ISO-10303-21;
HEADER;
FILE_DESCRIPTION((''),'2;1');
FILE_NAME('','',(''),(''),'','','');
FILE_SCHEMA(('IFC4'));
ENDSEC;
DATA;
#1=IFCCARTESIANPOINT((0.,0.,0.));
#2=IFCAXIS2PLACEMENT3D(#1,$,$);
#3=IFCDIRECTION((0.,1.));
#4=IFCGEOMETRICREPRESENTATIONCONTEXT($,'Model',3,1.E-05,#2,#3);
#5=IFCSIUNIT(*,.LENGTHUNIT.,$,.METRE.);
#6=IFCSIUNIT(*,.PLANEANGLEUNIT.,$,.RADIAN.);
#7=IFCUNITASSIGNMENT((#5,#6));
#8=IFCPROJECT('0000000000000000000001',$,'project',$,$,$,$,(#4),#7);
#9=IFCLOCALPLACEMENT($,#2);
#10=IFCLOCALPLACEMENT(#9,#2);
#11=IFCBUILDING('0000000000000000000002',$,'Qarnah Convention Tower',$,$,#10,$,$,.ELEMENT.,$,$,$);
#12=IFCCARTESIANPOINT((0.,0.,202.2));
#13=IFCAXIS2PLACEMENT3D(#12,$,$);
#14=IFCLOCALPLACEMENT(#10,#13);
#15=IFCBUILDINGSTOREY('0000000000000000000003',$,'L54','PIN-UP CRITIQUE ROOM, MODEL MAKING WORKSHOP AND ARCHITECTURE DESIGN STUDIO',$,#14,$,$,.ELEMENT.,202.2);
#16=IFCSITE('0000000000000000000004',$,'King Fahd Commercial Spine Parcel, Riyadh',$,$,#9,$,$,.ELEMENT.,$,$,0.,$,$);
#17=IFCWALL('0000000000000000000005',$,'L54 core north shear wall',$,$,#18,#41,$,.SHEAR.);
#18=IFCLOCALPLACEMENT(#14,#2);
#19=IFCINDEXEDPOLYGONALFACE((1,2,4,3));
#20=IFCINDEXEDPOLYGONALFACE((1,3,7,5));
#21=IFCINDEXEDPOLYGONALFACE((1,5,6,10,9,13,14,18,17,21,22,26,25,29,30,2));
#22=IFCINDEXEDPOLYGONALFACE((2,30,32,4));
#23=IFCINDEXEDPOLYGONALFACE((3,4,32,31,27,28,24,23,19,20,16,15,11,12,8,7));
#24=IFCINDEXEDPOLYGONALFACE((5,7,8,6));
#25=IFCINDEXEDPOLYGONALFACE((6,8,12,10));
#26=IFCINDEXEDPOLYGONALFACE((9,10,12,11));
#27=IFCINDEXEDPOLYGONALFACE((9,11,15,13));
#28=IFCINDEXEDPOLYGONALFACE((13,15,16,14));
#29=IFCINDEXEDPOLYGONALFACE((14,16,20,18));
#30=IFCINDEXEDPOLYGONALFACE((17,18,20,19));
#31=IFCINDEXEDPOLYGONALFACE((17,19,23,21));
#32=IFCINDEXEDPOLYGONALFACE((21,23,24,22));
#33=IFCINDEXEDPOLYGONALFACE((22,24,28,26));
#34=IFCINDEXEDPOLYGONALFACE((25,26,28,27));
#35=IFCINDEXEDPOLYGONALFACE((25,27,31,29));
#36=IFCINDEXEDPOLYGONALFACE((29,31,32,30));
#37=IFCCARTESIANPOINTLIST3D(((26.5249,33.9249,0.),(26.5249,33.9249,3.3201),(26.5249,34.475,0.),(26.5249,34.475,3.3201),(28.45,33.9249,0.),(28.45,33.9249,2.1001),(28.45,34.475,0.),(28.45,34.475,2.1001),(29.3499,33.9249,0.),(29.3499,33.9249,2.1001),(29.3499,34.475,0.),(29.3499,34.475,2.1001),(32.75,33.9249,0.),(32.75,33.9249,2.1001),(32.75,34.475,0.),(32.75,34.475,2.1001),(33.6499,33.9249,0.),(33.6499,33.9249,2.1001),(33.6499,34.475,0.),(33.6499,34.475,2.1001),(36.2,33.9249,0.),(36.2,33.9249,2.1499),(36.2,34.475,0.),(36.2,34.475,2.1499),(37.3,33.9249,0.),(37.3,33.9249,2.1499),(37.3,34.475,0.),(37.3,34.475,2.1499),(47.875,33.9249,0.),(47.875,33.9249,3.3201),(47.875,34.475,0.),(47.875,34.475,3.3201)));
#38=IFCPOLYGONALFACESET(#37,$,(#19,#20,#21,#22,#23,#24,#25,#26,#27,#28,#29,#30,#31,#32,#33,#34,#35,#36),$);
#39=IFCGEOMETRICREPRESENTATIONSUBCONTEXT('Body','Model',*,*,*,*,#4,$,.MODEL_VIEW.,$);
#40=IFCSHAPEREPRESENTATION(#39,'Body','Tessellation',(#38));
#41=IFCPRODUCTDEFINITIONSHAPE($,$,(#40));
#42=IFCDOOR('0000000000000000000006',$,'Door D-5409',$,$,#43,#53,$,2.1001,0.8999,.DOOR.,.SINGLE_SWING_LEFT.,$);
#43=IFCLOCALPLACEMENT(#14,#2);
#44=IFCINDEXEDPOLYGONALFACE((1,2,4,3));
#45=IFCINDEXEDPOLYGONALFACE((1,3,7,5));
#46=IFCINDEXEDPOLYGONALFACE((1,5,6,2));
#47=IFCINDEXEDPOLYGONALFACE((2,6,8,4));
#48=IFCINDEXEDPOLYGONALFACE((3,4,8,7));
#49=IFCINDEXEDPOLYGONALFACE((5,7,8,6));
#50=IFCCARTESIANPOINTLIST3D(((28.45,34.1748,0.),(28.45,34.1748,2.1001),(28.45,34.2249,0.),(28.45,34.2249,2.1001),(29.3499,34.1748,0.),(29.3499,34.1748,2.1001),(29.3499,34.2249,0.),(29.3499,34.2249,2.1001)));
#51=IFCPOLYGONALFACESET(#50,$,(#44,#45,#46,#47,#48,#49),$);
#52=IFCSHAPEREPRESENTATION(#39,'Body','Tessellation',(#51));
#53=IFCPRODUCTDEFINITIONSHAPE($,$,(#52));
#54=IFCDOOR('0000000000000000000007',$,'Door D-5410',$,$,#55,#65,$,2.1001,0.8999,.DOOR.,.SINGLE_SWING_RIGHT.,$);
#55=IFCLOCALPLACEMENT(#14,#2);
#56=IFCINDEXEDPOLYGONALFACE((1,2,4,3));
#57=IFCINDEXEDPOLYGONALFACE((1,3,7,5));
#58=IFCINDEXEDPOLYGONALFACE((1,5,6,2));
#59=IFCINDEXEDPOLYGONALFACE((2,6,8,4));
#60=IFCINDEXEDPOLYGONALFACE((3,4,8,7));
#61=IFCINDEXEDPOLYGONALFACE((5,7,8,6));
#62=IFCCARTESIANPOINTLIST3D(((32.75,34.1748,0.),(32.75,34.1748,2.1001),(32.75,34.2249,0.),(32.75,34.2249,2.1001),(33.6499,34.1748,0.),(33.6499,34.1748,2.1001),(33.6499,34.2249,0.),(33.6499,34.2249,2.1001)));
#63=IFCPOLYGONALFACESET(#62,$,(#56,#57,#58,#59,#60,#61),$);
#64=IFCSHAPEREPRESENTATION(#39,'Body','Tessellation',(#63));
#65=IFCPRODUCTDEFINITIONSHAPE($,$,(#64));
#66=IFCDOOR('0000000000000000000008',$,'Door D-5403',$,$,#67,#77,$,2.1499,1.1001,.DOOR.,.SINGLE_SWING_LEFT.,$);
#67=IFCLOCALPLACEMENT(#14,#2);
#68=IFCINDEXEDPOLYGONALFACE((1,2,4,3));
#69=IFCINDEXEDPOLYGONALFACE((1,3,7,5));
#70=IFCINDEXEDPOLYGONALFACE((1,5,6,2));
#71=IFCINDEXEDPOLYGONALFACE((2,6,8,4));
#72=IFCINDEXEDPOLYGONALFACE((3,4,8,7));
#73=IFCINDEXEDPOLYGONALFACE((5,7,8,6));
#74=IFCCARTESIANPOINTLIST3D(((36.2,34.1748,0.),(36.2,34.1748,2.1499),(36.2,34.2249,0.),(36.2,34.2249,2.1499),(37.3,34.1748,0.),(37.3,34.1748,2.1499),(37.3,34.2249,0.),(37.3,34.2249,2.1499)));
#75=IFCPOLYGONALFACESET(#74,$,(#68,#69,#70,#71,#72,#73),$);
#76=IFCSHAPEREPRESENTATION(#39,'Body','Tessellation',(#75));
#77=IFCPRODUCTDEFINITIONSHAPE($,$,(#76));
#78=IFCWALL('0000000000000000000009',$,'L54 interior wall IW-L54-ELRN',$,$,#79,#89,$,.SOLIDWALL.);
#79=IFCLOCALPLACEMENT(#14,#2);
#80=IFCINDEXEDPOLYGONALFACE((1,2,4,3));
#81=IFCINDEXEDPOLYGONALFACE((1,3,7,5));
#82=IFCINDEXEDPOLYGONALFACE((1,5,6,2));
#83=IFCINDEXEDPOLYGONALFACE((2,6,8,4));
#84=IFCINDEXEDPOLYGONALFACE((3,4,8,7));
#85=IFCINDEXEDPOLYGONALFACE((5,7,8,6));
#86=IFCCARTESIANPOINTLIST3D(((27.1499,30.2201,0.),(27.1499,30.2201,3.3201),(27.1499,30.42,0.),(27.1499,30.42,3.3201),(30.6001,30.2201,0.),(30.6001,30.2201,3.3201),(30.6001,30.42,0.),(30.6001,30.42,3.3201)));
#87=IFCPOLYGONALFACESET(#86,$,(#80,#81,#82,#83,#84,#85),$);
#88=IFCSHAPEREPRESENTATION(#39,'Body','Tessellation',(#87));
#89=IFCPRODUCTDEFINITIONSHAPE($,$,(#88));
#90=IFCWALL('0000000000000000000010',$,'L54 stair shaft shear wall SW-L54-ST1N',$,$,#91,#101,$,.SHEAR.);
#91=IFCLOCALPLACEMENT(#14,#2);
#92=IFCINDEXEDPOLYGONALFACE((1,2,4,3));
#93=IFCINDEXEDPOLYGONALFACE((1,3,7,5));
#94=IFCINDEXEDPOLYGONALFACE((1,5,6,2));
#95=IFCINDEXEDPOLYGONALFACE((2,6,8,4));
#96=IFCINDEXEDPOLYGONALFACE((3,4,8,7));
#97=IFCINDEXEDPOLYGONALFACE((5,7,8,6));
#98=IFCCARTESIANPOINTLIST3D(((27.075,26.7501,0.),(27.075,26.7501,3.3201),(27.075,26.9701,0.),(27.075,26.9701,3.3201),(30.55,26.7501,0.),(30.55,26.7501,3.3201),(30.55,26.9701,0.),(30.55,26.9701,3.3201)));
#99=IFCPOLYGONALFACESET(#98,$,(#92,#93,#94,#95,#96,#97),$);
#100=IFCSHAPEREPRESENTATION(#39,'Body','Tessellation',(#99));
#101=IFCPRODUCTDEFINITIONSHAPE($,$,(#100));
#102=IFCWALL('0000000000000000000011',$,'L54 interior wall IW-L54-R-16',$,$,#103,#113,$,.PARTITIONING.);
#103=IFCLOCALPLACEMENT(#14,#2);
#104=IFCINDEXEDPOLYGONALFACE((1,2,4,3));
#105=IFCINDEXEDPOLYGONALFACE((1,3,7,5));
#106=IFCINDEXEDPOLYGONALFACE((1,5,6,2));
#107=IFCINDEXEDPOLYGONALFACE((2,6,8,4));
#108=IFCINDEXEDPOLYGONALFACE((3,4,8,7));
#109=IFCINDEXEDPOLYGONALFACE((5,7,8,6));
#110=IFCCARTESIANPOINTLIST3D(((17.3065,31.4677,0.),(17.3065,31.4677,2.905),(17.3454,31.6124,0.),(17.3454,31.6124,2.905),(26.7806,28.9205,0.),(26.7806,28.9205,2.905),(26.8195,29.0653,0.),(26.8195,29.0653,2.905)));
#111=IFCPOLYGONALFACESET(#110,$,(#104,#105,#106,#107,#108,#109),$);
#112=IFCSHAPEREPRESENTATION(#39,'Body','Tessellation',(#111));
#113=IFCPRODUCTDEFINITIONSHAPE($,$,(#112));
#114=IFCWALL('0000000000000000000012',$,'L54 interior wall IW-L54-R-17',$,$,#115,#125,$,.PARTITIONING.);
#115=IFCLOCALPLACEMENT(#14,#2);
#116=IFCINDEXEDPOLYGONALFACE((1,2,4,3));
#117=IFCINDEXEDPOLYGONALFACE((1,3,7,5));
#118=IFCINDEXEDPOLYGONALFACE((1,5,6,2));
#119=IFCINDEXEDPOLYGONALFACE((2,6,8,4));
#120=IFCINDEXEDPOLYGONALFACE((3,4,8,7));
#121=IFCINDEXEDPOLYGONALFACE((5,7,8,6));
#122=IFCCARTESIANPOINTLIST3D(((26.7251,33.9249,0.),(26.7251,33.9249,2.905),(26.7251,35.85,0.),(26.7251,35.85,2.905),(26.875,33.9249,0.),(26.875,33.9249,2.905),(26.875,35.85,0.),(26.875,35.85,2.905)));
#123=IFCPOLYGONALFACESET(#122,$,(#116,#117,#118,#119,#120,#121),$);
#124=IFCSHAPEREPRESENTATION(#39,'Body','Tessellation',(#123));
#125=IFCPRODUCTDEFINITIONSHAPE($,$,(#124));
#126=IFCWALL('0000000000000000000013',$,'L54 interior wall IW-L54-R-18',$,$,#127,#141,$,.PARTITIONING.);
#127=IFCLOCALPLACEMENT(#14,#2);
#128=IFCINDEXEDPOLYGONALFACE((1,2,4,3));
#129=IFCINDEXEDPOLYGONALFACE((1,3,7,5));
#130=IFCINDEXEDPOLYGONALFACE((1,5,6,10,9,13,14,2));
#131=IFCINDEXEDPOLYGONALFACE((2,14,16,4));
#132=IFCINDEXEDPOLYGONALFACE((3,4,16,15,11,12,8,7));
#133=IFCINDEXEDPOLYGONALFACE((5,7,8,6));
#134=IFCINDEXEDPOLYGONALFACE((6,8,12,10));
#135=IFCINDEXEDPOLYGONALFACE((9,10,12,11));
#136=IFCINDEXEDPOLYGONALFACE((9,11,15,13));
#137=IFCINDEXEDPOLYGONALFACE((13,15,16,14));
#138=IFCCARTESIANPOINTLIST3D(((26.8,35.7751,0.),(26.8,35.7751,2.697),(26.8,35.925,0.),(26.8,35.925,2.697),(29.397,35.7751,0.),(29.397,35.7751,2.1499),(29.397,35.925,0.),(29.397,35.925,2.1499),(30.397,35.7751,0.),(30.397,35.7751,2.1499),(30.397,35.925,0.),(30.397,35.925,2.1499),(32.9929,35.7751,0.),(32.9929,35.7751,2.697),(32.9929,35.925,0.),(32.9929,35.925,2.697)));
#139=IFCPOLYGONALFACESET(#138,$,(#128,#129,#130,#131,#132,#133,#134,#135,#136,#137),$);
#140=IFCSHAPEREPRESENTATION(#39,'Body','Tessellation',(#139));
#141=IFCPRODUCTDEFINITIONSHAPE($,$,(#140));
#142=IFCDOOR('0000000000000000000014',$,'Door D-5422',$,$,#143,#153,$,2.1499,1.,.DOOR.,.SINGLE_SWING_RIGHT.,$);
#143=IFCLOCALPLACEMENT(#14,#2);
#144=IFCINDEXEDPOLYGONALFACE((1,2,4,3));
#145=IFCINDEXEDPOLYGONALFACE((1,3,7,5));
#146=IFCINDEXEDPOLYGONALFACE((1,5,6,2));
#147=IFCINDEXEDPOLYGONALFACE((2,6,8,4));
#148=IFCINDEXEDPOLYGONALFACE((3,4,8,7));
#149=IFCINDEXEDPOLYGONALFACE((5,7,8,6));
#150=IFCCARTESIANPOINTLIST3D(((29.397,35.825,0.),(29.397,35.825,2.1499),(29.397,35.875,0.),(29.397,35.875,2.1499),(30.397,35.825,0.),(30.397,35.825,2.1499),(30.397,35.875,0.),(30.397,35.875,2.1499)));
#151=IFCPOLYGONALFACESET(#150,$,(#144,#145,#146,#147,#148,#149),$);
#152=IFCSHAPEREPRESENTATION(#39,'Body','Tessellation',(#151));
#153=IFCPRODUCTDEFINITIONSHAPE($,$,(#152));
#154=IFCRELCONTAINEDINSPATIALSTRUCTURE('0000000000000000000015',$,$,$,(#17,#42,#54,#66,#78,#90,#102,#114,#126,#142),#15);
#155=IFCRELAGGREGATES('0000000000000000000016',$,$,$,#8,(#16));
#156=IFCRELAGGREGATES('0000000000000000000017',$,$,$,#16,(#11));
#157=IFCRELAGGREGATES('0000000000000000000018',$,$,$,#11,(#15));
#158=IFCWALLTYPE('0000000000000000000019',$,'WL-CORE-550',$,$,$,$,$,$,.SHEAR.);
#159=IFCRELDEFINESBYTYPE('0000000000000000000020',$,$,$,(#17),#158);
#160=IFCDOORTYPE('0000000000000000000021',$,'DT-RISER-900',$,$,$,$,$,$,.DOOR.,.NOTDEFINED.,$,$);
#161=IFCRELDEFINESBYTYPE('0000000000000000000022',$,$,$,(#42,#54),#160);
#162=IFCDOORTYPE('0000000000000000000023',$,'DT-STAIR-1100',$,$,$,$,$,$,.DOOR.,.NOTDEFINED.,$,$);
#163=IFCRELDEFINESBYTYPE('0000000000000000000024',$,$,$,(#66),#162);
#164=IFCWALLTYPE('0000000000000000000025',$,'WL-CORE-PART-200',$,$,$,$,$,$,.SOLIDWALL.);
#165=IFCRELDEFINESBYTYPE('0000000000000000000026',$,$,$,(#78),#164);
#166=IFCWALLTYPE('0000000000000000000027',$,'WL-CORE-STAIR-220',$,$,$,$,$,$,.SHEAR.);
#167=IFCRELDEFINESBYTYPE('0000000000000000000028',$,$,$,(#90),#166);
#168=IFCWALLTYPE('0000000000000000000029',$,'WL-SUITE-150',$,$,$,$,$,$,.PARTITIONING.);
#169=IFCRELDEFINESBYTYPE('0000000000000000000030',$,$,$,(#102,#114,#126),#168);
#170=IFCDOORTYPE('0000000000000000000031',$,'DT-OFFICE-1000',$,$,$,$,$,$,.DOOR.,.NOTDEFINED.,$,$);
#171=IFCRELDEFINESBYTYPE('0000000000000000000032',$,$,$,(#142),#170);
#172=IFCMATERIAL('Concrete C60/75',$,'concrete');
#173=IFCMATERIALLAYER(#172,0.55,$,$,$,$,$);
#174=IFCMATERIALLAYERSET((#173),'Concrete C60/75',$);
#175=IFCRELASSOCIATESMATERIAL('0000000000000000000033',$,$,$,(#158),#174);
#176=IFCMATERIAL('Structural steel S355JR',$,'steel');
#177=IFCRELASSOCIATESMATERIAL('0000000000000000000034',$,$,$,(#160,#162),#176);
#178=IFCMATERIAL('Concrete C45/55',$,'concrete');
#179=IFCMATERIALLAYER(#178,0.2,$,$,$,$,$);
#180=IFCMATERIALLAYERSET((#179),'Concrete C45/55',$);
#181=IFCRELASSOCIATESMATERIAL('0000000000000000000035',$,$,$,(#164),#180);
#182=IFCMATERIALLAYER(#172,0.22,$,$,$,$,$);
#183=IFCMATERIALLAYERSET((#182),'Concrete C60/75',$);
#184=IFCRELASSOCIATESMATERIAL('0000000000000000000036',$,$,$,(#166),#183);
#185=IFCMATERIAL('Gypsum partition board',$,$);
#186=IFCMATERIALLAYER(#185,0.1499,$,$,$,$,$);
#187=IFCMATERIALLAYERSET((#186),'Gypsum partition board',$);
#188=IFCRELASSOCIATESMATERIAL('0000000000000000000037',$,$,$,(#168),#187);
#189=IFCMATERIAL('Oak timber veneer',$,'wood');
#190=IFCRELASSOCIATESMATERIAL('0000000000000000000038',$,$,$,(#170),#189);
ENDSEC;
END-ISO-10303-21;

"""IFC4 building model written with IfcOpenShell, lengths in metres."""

from ifc_helpers import new_model, si_unit, direction, frame, frame_2d, origin, place, context, subcontext, project, spatial, rectangle, extrude, material, layer, layer_set, type_object, element, fill, save


model = new_model("IFC4")

# Units and contexts
model_context = context("Model", 3, precision=1e-05, world=origin(), true_north=direction((0.0, 1.0)))
body_context = subcontext(model_context, "Body", "Model", "MODEL_VIEW")
ifc_project = project(units=[si_unit("LENGTHUNIT", "METRE"), si_unit("PLANEANGLEUNIT", "RADIAN")], contexts=[model_context])

# Site, building, storey
site_placement = place(None, origin())
site = spatial("IfcSite", under=ifc_project, at=site_placement, Name="King Fahd Commercial Spine Parcel, Riyadh", CompositionType="ELEMENT", RefElevation=0.0)
building_placement = place(site_placement, origin())
building = spatial("IfcBuilding", under=site, at=building_placement, Name="Qarnah Convention Tower", CompositionType="ELEMENT")
storey_placement = place(building_placement, frame((0.0, 0.0, 202.2)))
storey = spatial("IfcBuildingStorey", under=building, at=storey_placement, Name="L54", Description="PIN-UP CRITIQUE ROOM, MODEL MAKING WORKSHOP AND ARCHITECTURE DESIGN STUDIO", CompositionType="ELEMENT", Elevation=202.2)

# Shared definitions
ifc_material_1 = material(Name="Structural steel S355JR", Category="steel")

# Wall, openings, doors
ifc_material_2 = material(Name="Concrete C60/75", Category="concrete")
ifc_layer_1 = layer(ifc_material_2, 0.55)
ifc_layer_set_1 = layer_set([ifc_layer_1], Name="Concrete C60/75")
wall_type_1 = type_object("IfcWallType", Name="WL-CORE-550", PredefinedType="SHEAR", material=ifc_layer_set_1)
wall_1_placement = place(storey_placement, frame((26.5249, 34.2, 0.0), z_axis=(0.0, 0.0, 1.0), x_axis=(1.0, 0.0, 0.0)))
wall_1 = element("IfcWall", 1, at=wall_1_placement, inside=storey, type_object=wall_type_1, Name="L54 core north shear wall", PredefinedType="SHEAR", context=body_context, shape_type="SweptSolid", body=[
    extrude(rectangle(XDim=21.3501, YDim=0.55, at=frame_2d((10.675, 0.0))), origin(), (0.0, 0.0, 1.0), 3.3201),
])
opening_1_placement = place(wall_1_placement, frame((9.675, 0.0, 0.0)))
opening_1 = element("IfcOpeningElement", 2, at=opening_1_placement, cuts=wall_1, PredefinedType="OPENING", context=body_context, shape_type="SweptSolid", body=[
    extrude(rectangle(XDim=1.1001, YDim=2.1499, at=frame_2d((0.55, 1.075))), frame((0.0, 0.2849, 0.0), z_axis=(0.0, -1.0, 0.0), x_axis=(1.0, 0.0, 0.0)), (0.0, 0.0, 1.0), 0.5701),
])
opening_2_placement = place(wall_1_placement, frame((1.925, 0.0, 0.0)))
opening_2 = element("IfcOpeningElement", 3, at=opening_2_placement, cuts=wall_1, PredefinedType="OPENING", context=body_context, shape_type="SweptSolid", body=[
    extrude(rectangle(XDim=0.8999, YDim=2.1001, at=frame_2d((0.45, 1.05))), frame((0.0, 0.2849, 0.0), z_axis=(0.0, -1.0, 0.0), x_axis=(1.0, 0.0, 0.0)), (0.0, 0.0, 1.0), 0.5701),
])
opening_3_placement = place(wall_1_placement, frame((6.2251, 0.0, 0.0)))
opening_3 = element("IfcOpeningElement", 4, at=opening_3_placement, cuts=wall_1, PredefinedType="OPENING", context=body_context, shape_type="SweptSolid", body=[
    extrude(rectangle(XDim=0.8999, YDim=2.1001, at=frame_2d((0.45, 1.05))), frame((0.0, 0.2849, 0.0), z_axis=(0.0, -1.0, 0.0), x_axis=(1.0, 0.0, 0.0)), (0.0, 0.0, 1.0), 0.5701),
])
door_type_1 = type_object("IfcDoorType", Name="DT-RISER-900", OperationType="NOTDEFINED", PredefinedType="DOOR", material=ifc_material_1)
door_1_placement = place(opening_2_placement, origin())
door_1 = element("IfcDoor", 5, at=door_1_placement, inside=storey, type_object=door_type_1, Name="Door D-5409", OperationType="SINGLE_SWING_LEFT", OverallHeight=2.1001, OverallWidth=0.8999, PredefinedType="DOOR", context=body_context, shape_type="SweptSolid", body=[
    extrude(rectangle(XDim=0.8999, YDim=2.1001, at=frame_2d((0.45, 1.05))), frame((0.0, 0.0249, 0.0), z_axis=(0.0, -1.0, 0.0), x_axis=(1.0, 0.0, 0.0)), (0.0, 0.0, 1.0), 0.05),
])
fill(opening_2, door_1)
door_2_placement = place(opening_3_placement, origin())
door_2 = element("IfcDoor", 6, at=door_2_placement, inside=storey, type_object=door_type_1, Name="Door D-5410", OperationType="SINGLE_SWING_RIGHT", OverallHeight=2.1001, OverallWidth=0.8999, PredefinedType="DOOR", context=body_context, shape_type="SweptSolid", body=[
    extrude(rectangle(XDim=0.8999, YDim=2.1001, at=frame_2d((0.45, 1.05))), frame((0.0, 0.0249, 0.0), z_axis=(0.0, -1.0, 0.0), x_axis=(1.0, 0.0, 0.0)), (0.0, 0.0, 1.0), 0.05),
])
fill(opening_3, door_2)
door_type_2 = type_object("IfcDoorType", Name="DT-STAIR-1100", OperationType="NOTDEFINED", PredefinedType="DOOR", material=ifc_material_1)
door_3_placement = place(opening_1_placement, origin())
door_3 = element("IfcDoor", 7, at=door_3_placement, inside=storey, type_object=door_type_2, Name="Door D-5403", OperationType="SINGLE_SWING_LEFT", OverallHeight=2.1499, OverallWidth=1.1001, PredefinedType="DOOR", context=body_context, shape_type="SweptSolid", body=[
    extrude(rectangle(XDim=1.1001, YDim=2.1499, at=frame_2d((0.55, 1.075))), frame((0.0, 0.0249, 0.0), z_axis=(0.0, -1.0, 0.0), x_axis=(1.0, 0.0, 0.0)), (0.0, 0.0, 1.0), 0.05),
])
fill(opening_1, door_3)

# Walls
ifc_material_3 = material(Name="Concrete C45/55", Category="concrete")
ifc_layer_2 = layer(ifc_material_3, 0.2)
ifc_layer_set_2 = layer_set([ifc_layer_2], Name="Concrete C45/55")
wall_type_2 = type_object("IfcWallType", Name="WL-CORE-PART-200", PredefinedType="SOLIDWALL", material=ifc_layer_set_2)
wall_2_placement = place(storey_placement, frame((27.1499, 30.3201, 0.0), z_axis=(0.0, 0.0, 1.0), x_axis=(1.0, 0.0, 0.0)))
element("IfcWall", 8, at=wall_2_placement, inside=storey, type_object=wall_type_2, Name="L54 interior wall IW-L54-ELRN", PredefinedType="SOLIDWALL", context=body_context, shape_type="SweptSolid", body=[
    extrude(rectangle(XDim=3.4502, YDim=0.2, at=frame_2d((1.7251, 0.0))), origin(), (0.0, 0.0, 1.0), 3.3201),
])
ifc_layer_3 = layer(ifc_material_2, 0.22)
ifc_layer_set_3 = layer_set([ifc_layer_3], Name="Concrete C60/75")
wall_type_3 = type_object("IfcWallType", Name="WL-CORE-STAIR-220", PredefinedType="SHEAR", material=ifc_layer_set_3)
wall_3_placement = place(storey_placement, frame((27.075, 26.8601, 0.0), z_axis=(0.0, 0.0, 1.0), x_axis=(1.0, 0.0, 0.0)))
element("IfcWall", 9, at=wall_3_placement, inside=storey, type_object=wall_type_3, Name="L54 stair shaft shear wall SW-L54-ST1N", PredefinedType="SHEAR", context=body_context, shape_type="SweptSolid", body=[
    extrude(rectangle(XDim=3.4751, YDim=0.22, at=frame_2d((1.7375, 0.0))), origin(), (0.0, 0.0, 1.0), 3.3201),
])
ifc_material_4 = material(Name="Gypsum partition board")
ifc_layer_4 = layer(ifc_material_4, 0.1499)
ifc_layer_set_4 = layer_set([ifc_layer_4], Name="Gypsum partition board")
wall_type_4 = type_object("IfcWallType", Name="WL-SUITE-150", PredefinedType="PARTITIONING", material=ifc_layer_set_4)
wall_4_placement = place(storey_placement, frame((17.3259, 31.54, 0.0), z_axis=(0.0, 0.0, 1.0), x_axis=(0.965708, -0.259631, 0.0)))
element("IfcWall", 10, at=wall_4_placement, inside=storey, type_object=wall_type_4, Name="L54 interior wall IW-L54-R-16", PredefinedType="PARTITIONING", context=body_context, shape_type="SweptSolid", body=[
    extrude(rectangle(XDim=9.8105, YDim=0.1499, at=frame_2d((4.9053, 0.0))), origin(), (0.0, 0.0, 1.0), 2.905),
])
wall_5_placement = place(storey_placement, frame((26.8, 33.925, 0.0), z_axis=(0.0, 0.0, 1.0), x_axis=(0.0, 1.0, 0.0)))
element("IfcWall", 11, at=wall_5_placement, inside=storey, type_object=wall_type_4, Name="L54 interior wall IW-L54-R-17", PredefinedType="PARTITIONING", context=body_context, shape_type="SweptSolid", body=[
    extrude(rectangle(XDim=1.925, YDim=0.1499, at=frame_2d((0.9624, 0.0))), origin(), (0.0, 0.0, 1.0), 2.905),
])

# Wall, opening, door
wall_6_placement = place(storey_placement, frame((26.8, 35.8501, 0.0), z_axis=(0.0, 0.0, 1.0), x_axis=(1.0, 0.0, 0.0)))
wall_6 = element("IfcWall", 12, at=wall_6_placement, inside=storey, type_object=wall_type_4, Name="L54 interior wall IW-L54-R-18", PredefinedType="PARTITIONING", context=body_context, shape_type="SweptSolid", body=[
    extrude(rectangle(XDim=6.1929, YDim=0.1499, at=frame_2d((3.0964, 0.0))), origin(), (0.0, 0.0, 1.0), 2.697),
])
opening_4_placement = place(wall_6_placement, frame((2.5969, 0.0, 0.0)))
opening_4 = element("IfcOpeningElement", 13, at=opening_4_placement, cuts=wall_6, PredefinedType="OPENING", context=body_context, shape_type="SweptSolid", body=[
    extrude(rectangle(XDim=1.0, YDim=2.1499, at=frame_2d((0.5, 1.075))), frame((0.0, 0.085, 0.0), z_axis=(0.0, -1.0, 0.0), x_axis=(1.0, 0.0, 0.0)), (0.0, 0.0, 1.0), 0.1699),
])
ifc_material_5 = material(Name="Oak timber veneer", Category="wood")
door_type_3 = type_object("IfcDoorType", Name="DT-OFFICE-1000", OperationType="NOTDEFINED", PredefinedType="DOOR", material=ifc_material_5)
door_4_placement = place(opening_4_placement, origin())
door_4 = element("IfcDoor", 14, at=door_4_placement, inside=storey, type_object=door_type_3, Name="Door D-5422", OperationType="SINGLE_SWING_RIGHT", OverallHeight=2.1499, OverallWidth=1.0, PredefinedType="DOOR", context=body_context, shape_type="SweptSolid", body=[
    extrude(rectangle(XDim=1.0, YDim=2.1499, at=frame_2d((0.5, 1.075))), frame((0.0, 0.0249, 0.0), z_axis=(0.0, -1.0, 0.0), x_axis=(1.0, 0.0, 0.0)), (0.0, 0.0, 1.0), 0.05),
])
fill(opening_4, door_4)

save(model, "model.ifc")
